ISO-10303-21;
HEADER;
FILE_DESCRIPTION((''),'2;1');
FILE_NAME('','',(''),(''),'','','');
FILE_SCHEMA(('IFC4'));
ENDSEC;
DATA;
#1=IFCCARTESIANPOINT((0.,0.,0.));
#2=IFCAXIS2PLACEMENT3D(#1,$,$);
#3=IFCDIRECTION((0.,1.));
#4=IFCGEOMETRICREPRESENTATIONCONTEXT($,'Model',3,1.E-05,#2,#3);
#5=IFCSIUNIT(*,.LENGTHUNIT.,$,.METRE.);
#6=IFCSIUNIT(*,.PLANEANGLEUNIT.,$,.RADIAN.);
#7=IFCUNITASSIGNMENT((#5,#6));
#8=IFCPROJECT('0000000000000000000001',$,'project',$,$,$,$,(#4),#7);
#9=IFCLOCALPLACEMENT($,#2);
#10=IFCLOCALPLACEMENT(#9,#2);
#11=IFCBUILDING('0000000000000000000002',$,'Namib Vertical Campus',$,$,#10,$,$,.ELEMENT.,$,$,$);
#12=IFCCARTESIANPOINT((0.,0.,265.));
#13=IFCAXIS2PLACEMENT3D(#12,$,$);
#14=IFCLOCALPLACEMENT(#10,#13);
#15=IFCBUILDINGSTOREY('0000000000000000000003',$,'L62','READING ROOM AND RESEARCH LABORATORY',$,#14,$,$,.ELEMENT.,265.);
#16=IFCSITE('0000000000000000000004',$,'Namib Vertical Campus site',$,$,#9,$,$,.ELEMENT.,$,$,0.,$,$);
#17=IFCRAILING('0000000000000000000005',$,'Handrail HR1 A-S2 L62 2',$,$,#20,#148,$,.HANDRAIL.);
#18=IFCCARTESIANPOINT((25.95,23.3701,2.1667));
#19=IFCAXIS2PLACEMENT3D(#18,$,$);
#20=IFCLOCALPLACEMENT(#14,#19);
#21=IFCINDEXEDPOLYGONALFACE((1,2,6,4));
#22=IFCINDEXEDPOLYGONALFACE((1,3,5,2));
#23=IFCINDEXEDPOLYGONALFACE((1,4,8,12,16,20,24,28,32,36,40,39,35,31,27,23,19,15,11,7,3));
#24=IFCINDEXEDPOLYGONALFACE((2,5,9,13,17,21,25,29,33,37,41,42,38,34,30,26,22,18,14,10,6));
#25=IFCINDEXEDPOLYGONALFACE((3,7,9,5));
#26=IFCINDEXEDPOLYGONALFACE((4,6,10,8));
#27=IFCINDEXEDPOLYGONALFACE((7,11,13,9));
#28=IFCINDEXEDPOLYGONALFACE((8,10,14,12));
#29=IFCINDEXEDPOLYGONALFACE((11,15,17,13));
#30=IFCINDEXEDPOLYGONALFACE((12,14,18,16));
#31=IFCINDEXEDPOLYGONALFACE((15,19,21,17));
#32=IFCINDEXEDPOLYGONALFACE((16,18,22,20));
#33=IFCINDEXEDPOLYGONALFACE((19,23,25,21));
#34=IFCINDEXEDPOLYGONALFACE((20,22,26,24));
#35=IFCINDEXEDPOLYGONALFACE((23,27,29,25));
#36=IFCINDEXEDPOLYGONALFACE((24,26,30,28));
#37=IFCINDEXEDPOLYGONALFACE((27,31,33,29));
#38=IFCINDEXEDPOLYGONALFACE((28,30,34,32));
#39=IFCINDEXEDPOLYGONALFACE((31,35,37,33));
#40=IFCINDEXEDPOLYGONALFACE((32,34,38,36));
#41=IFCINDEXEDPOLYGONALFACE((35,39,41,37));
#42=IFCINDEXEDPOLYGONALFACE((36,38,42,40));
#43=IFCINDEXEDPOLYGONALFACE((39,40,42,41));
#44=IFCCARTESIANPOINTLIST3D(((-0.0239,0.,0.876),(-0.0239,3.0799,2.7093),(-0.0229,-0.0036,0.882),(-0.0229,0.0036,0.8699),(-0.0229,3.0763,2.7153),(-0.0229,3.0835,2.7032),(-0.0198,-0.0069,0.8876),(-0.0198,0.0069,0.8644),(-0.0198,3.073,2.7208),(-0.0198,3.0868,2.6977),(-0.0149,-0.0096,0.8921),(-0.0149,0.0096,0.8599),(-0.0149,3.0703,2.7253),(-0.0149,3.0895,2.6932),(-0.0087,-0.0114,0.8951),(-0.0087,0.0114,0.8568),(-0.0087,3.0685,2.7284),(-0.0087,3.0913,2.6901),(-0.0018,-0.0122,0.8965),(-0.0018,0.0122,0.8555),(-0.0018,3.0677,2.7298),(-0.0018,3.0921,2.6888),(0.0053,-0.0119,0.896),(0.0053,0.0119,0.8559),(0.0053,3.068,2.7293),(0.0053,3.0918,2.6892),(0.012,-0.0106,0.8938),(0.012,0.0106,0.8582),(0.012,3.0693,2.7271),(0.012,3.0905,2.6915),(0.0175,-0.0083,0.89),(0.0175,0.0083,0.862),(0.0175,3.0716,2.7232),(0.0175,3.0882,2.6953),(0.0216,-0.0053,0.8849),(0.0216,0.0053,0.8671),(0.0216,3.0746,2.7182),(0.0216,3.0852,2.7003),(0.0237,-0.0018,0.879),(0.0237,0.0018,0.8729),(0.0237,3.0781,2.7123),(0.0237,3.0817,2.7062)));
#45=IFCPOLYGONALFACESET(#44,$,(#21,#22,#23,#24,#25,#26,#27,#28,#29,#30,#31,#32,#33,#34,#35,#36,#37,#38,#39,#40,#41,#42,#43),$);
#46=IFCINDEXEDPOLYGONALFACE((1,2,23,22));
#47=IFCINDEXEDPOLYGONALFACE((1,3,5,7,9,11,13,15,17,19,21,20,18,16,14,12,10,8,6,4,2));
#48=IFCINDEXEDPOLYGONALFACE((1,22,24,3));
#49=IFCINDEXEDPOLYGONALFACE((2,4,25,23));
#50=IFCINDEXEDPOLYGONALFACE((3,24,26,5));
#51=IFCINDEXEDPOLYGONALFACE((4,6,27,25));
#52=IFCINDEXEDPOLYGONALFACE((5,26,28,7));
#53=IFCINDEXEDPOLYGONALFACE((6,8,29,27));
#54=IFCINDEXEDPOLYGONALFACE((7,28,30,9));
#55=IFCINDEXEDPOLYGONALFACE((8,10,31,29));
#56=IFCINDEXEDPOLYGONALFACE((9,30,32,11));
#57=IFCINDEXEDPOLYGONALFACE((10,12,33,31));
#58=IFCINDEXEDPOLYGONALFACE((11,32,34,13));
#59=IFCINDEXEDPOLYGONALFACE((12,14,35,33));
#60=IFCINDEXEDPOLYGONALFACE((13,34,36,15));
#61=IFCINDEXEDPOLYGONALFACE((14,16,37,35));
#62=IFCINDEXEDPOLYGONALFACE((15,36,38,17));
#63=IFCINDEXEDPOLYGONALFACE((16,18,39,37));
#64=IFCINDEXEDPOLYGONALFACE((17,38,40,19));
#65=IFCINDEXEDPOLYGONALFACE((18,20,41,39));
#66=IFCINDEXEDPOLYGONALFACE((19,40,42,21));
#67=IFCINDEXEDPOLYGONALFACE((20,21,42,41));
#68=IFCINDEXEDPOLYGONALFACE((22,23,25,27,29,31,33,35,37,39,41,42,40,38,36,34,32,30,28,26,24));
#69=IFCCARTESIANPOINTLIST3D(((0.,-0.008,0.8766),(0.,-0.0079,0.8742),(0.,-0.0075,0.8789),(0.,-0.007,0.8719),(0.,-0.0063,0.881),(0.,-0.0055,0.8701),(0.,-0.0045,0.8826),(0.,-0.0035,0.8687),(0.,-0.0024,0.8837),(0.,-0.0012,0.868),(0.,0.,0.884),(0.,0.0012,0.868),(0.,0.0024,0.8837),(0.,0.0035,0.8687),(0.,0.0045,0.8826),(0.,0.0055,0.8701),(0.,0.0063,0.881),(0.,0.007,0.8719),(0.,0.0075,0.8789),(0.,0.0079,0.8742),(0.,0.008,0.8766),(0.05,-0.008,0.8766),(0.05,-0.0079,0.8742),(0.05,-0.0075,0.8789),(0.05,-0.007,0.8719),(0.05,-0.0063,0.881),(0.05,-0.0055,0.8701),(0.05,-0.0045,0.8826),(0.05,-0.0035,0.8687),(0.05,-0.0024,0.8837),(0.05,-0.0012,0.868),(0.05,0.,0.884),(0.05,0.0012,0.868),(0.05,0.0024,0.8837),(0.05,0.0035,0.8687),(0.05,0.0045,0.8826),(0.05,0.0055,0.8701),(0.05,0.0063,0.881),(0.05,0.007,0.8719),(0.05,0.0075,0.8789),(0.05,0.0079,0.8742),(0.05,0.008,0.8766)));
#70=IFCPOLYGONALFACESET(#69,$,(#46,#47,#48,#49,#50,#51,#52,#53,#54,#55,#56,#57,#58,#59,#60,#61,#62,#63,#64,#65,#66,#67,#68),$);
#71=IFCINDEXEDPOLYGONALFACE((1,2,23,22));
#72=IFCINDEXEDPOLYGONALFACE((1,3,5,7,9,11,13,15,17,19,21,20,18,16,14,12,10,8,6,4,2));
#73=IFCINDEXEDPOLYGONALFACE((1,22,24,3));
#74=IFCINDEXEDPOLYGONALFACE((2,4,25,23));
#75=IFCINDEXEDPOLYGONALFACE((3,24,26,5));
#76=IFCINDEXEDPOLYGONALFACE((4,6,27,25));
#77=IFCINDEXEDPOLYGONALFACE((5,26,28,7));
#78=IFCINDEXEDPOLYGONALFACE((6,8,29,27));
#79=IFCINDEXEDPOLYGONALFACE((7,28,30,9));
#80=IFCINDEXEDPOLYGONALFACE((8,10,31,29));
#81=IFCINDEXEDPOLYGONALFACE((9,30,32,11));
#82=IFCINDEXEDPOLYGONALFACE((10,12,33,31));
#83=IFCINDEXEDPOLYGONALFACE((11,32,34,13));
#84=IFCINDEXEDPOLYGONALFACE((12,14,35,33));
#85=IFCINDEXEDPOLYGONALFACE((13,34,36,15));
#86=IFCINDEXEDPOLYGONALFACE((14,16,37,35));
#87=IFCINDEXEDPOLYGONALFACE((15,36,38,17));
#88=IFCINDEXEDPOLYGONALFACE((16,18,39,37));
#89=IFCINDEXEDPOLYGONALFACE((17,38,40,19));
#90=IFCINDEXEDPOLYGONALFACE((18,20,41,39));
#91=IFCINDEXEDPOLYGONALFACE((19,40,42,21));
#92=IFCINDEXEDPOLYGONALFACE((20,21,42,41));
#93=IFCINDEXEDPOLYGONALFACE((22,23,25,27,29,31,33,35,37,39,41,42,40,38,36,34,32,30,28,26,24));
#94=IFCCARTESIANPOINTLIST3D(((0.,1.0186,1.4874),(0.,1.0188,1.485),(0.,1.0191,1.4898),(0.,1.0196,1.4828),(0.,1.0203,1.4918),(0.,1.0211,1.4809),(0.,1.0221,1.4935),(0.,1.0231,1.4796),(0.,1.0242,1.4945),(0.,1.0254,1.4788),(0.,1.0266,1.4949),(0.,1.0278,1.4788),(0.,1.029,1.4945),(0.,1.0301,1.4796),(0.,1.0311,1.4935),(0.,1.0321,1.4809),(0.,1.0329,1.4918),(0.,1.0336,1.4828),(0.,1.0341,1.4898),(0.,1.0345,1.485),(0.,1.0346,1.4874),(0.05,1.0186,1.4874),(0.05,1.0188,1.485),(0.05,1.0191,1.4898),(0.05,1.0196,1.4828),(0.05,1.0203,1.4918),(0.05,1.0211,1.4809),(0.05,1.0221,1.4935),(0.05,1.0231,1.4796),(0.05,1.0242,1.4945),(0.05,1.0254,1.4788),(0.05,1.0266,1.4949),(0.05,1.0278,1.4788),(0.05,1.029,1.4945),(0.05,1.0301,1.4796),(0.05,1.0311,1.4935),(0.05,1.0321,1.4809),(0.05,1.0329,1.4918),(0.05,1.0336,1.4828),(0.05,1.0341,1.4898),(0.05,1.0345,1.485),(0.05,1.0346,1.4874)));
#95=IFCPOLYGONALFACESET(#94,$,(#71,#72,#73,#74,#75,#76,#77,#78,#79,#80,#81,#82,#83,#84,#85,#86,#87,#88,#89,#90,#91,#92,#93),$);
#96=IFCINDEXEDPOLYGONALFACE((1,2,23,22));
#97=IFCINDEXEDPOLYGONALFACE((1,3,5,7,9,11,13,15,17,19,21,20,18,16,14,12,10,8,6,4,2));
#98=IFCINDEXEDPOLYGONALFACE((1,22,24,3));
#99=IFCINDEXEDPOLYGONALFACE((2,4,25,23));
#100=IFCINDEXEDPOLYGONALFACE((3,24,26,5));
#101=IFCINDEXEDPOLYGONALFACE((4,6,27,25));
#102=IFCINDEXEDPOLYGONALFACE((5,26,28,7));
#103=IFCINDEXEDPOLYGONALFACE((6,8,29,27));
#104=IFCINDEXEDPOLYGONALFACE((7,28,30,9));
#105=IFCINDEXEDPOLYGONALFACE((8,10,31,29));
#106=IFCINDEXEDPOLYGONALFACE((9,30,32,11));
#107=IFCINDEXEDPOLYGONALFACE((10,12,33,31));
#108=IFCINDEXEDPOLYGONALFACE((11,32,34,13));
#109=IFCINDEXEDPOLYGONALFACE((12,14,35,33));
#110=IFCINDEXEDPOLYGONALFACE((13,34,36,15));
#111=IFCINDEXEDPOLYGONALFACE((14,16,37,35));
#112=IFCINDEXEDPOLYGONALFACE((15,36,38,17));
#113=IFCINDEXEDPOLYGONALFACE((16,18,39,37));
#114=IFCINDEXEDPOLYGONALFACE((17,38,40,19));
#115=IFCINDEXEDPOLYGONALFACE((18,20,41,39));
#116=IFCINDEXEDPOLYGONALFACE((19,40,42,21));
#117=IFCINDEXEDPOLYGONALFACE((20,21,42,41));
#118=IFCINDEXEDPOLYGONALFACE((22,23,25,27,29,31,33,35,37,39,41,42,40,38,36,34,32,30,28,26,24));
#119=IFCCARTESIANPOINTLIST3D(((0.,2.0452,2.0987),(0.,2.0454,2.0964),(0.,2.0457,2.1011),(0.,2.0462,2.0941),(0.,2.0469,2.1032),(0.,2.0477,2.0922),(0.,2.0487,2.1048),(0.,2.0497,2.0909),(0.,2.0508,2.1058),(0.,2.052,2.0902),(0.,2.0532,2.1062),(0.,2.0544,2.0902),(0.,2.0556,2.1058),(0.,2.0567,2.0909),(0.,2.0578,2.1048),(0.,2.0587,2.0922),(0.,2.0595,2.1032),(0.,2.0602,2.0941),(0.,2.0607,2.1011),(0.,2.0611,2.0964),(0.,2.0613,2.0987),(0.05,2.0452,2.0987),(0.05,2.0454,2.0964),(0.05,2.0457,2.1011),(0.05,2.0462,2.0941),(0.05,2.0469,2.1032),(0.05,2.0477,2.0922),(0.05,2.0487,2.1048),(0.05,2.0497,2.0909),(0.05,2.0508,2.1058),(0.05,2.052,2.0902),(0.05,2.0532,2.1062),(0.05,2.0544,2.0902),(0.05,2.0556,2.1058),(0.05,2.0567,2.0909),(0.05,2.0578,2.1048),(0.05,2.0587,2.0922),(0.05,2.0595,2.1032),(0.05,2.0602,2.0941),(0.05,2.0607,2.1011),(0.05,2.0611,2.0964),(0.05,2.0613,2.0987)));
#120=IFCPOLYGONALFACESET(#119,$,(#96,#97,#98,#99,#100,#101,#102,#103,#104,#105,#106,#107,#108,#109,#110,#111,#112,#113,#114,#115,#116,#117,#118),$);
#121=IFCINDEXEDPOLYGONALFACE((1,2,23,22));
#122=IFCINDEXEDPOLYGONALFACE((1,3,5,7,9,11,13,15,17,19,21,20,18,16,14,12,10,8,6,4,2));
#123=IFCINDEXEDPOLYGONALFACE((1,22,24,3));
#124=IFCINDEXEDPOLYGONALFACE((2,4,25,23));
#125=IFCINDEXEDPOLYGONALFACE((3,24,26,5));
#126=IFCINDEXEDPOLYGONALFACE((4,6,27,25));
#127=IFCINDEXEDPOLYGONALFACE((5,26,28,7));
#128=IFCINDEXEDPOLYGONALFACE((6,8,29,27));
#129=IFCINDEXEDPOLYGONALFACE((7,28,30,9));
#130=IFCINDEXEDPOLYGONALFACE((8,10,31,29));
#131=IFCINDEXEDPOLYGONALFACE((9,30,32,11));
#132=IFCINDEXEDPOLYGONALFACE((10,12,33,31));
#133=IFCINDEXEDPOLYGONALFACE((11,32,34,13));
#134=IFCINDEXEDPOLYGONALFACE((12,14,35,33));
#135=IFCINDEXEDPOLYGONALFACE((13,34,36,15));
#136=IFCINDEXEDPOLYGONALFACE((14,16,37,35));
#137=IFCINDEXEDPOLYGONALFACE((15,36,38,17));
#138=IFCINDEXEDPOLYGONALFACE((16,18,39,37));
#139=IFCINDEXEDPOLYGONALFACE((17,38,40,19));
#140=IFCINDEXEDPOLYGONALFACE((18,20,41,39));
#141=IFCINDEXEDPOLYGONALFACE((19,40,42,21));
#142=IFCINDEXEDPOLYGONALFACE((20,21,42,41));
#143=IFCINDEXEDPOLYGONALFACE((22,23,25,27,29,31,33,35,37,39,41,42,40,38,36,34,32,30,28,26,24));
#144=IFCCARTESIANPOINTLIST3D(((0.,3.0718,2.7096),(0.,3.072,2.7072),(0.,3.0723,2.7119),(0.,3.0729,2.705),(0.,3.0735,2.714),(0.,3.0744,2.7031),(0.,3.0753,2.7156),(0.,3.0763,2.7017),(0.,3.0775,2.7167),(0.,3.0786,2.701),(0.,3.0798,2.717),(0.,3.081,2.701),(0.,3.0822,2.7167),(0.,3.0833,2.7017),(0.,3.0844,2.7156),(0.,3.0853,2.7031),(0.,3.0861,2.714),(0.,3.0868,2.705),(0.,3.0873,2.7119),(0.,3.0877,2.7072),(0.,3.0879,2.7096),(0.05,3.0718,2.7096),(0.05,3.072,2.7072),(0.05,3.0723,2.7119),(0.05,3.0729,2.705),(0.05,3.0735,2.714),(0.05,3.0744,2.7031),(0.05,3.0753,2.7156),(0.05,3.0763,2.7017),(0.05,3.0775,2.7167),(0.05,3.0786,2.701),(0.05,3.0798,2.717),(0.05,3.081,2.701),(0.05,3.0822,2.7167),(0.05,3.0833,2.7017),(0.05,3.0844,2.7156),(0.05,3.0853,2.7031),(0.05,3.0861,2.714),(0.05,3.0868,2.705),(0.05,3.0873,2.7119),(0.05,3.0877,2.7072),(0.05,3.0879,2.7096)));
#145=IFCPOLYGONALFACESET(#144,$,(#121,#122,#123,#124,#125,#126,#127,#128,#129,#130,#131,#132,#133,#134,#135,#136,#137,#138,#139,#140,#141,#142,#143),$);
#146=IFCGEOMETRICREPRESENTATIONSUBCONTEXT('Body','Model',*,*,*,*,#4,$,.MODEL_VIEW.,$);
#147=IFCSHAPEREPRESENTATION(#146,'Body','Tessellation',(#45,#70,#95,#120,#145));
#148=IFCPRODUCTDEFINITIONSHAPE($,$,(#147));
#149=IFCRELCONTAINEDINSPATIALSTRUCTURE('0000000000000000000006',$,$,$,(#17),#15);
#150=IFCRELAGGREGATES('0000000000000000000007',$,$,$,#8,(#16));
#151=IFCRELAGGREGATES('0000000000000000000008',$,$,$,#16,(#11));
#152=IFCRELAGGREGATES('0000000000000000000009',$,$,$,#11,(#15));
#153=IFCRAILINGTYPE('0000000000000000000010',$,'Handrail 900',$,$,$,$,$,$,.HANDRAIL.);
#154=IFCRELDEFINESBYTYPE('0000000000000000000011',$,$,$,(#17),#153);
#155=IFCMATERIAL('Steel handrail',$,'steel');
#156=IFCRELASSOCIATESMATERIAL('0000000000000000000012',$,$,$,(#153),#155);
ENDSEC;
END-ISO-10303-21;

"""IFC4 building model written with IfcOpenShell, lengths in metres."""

from ifc_helpers import new_model, si_unit, direction, frame, origin, origin_2d, place, context, subcontext, project, spatial, circle, extrude, material, type_object, element, save


model = new_model("IFC4")

# Units and contexts
model_context = context("Model", 3, precision=1e-05, world=origin(), true_north=direction((0.0, 1.0)))
body_context = subcontext(model_context, "Body", "Model", "MODEL_VIEW")
ifc_project = project(units=[si_unit("LENGTHUNIT", "METRE"), si_unit("PLANEANGLEUNIT", "RADIAN")], contexts=[model_context])

# Site, building, storey
site_placement = place(None, origin())
site = spatial("IfcSite", under=ifc_project, at=site_placement, Name="Namib Vertical Campus site", CompositionType="ELEMENT", RefElevation=0.0)
building_placement = place(site_placement, origin())
building = spatial("IfcBuilding", under=site, at=building_placement, Name="Namib Vertical Campus", CompositionType="ELEMENT")
storey_placement = place(building_placement, frame((0.0, 0.0, 265.0)))
storey = spatial("IfcBuildingStorey", under=building, at=storey_placement, Name="L62", Description="READING ROOM AND RESEARCH LABORATORY", CompositionType="ELEMENT", Elevation=265.0)

# Railing
ifc_material_1 = material(Name="Steel handrail", Category="steel")
railing_type_1 = type_object("IfcRailingType", Name="Handrail 900", PredefinedType="HANDRAIL", material=ifc_material_1)
railing_1_placement = place(storey_placement, frame((25.95, 23.3701, 2.1667)))
element("IfcRailing", 1, at=railing_1_placement, inside=storey, type_object=railing_type_1, Name="Handrail HR1 A-S2 L62 2", PredefinedType="HANDRAIL", context=body_context, shape_type="SweptSolid", body=[
    extrude(circle(Radius=0.0239, at=origin_2d()), frame((0.0, 0.0, 0.876), z_axis=(0.0, 0.859291, 0.511487), x_axis=(-1.0, 0.0, 0.0)), (0.0, 0.0, 1.0), 3.5842),
    extrude(circle(Radius=0.0081, at=origin_2d()), frame((0.0, 0.0, 0.876), z_axis=(1.0, 0.0, 0.0), x_axis=(0.0, 0.0, 1.0)), (0.0, 0.0, 1.0), 0.05),
    extrude(circle(Radius=0.0081, at=origin_2d()), frame((0.0, 1.0266, 1.4868), z_axis=(1.0, 0.0, 0.0), x_axis=(0.0, 0.0, 1.0)), (0.0, 0.0, 1.0), 0.05),
    extrude(circle(Radius=0.0081, at=origin_2d()), frame((0.0, 2.0532, 2.0981), z_axis=(1.0, 0.0, 0.0), x_axis=(0.0, 0.0, 1.0)), (0.0, 0.0, 1.0), 0.05),
    extrude(circle(Radius=0.0081, at=origin_2d()), frame((0.0, 3.0798, 2.709), z_axis=(1.0, 0.0, 0.0), x_axis=(0.0, 0.0, 1.0)), (0.0, 0.0, 1.0), 0.05),
])

save(model, "model.ifc")
